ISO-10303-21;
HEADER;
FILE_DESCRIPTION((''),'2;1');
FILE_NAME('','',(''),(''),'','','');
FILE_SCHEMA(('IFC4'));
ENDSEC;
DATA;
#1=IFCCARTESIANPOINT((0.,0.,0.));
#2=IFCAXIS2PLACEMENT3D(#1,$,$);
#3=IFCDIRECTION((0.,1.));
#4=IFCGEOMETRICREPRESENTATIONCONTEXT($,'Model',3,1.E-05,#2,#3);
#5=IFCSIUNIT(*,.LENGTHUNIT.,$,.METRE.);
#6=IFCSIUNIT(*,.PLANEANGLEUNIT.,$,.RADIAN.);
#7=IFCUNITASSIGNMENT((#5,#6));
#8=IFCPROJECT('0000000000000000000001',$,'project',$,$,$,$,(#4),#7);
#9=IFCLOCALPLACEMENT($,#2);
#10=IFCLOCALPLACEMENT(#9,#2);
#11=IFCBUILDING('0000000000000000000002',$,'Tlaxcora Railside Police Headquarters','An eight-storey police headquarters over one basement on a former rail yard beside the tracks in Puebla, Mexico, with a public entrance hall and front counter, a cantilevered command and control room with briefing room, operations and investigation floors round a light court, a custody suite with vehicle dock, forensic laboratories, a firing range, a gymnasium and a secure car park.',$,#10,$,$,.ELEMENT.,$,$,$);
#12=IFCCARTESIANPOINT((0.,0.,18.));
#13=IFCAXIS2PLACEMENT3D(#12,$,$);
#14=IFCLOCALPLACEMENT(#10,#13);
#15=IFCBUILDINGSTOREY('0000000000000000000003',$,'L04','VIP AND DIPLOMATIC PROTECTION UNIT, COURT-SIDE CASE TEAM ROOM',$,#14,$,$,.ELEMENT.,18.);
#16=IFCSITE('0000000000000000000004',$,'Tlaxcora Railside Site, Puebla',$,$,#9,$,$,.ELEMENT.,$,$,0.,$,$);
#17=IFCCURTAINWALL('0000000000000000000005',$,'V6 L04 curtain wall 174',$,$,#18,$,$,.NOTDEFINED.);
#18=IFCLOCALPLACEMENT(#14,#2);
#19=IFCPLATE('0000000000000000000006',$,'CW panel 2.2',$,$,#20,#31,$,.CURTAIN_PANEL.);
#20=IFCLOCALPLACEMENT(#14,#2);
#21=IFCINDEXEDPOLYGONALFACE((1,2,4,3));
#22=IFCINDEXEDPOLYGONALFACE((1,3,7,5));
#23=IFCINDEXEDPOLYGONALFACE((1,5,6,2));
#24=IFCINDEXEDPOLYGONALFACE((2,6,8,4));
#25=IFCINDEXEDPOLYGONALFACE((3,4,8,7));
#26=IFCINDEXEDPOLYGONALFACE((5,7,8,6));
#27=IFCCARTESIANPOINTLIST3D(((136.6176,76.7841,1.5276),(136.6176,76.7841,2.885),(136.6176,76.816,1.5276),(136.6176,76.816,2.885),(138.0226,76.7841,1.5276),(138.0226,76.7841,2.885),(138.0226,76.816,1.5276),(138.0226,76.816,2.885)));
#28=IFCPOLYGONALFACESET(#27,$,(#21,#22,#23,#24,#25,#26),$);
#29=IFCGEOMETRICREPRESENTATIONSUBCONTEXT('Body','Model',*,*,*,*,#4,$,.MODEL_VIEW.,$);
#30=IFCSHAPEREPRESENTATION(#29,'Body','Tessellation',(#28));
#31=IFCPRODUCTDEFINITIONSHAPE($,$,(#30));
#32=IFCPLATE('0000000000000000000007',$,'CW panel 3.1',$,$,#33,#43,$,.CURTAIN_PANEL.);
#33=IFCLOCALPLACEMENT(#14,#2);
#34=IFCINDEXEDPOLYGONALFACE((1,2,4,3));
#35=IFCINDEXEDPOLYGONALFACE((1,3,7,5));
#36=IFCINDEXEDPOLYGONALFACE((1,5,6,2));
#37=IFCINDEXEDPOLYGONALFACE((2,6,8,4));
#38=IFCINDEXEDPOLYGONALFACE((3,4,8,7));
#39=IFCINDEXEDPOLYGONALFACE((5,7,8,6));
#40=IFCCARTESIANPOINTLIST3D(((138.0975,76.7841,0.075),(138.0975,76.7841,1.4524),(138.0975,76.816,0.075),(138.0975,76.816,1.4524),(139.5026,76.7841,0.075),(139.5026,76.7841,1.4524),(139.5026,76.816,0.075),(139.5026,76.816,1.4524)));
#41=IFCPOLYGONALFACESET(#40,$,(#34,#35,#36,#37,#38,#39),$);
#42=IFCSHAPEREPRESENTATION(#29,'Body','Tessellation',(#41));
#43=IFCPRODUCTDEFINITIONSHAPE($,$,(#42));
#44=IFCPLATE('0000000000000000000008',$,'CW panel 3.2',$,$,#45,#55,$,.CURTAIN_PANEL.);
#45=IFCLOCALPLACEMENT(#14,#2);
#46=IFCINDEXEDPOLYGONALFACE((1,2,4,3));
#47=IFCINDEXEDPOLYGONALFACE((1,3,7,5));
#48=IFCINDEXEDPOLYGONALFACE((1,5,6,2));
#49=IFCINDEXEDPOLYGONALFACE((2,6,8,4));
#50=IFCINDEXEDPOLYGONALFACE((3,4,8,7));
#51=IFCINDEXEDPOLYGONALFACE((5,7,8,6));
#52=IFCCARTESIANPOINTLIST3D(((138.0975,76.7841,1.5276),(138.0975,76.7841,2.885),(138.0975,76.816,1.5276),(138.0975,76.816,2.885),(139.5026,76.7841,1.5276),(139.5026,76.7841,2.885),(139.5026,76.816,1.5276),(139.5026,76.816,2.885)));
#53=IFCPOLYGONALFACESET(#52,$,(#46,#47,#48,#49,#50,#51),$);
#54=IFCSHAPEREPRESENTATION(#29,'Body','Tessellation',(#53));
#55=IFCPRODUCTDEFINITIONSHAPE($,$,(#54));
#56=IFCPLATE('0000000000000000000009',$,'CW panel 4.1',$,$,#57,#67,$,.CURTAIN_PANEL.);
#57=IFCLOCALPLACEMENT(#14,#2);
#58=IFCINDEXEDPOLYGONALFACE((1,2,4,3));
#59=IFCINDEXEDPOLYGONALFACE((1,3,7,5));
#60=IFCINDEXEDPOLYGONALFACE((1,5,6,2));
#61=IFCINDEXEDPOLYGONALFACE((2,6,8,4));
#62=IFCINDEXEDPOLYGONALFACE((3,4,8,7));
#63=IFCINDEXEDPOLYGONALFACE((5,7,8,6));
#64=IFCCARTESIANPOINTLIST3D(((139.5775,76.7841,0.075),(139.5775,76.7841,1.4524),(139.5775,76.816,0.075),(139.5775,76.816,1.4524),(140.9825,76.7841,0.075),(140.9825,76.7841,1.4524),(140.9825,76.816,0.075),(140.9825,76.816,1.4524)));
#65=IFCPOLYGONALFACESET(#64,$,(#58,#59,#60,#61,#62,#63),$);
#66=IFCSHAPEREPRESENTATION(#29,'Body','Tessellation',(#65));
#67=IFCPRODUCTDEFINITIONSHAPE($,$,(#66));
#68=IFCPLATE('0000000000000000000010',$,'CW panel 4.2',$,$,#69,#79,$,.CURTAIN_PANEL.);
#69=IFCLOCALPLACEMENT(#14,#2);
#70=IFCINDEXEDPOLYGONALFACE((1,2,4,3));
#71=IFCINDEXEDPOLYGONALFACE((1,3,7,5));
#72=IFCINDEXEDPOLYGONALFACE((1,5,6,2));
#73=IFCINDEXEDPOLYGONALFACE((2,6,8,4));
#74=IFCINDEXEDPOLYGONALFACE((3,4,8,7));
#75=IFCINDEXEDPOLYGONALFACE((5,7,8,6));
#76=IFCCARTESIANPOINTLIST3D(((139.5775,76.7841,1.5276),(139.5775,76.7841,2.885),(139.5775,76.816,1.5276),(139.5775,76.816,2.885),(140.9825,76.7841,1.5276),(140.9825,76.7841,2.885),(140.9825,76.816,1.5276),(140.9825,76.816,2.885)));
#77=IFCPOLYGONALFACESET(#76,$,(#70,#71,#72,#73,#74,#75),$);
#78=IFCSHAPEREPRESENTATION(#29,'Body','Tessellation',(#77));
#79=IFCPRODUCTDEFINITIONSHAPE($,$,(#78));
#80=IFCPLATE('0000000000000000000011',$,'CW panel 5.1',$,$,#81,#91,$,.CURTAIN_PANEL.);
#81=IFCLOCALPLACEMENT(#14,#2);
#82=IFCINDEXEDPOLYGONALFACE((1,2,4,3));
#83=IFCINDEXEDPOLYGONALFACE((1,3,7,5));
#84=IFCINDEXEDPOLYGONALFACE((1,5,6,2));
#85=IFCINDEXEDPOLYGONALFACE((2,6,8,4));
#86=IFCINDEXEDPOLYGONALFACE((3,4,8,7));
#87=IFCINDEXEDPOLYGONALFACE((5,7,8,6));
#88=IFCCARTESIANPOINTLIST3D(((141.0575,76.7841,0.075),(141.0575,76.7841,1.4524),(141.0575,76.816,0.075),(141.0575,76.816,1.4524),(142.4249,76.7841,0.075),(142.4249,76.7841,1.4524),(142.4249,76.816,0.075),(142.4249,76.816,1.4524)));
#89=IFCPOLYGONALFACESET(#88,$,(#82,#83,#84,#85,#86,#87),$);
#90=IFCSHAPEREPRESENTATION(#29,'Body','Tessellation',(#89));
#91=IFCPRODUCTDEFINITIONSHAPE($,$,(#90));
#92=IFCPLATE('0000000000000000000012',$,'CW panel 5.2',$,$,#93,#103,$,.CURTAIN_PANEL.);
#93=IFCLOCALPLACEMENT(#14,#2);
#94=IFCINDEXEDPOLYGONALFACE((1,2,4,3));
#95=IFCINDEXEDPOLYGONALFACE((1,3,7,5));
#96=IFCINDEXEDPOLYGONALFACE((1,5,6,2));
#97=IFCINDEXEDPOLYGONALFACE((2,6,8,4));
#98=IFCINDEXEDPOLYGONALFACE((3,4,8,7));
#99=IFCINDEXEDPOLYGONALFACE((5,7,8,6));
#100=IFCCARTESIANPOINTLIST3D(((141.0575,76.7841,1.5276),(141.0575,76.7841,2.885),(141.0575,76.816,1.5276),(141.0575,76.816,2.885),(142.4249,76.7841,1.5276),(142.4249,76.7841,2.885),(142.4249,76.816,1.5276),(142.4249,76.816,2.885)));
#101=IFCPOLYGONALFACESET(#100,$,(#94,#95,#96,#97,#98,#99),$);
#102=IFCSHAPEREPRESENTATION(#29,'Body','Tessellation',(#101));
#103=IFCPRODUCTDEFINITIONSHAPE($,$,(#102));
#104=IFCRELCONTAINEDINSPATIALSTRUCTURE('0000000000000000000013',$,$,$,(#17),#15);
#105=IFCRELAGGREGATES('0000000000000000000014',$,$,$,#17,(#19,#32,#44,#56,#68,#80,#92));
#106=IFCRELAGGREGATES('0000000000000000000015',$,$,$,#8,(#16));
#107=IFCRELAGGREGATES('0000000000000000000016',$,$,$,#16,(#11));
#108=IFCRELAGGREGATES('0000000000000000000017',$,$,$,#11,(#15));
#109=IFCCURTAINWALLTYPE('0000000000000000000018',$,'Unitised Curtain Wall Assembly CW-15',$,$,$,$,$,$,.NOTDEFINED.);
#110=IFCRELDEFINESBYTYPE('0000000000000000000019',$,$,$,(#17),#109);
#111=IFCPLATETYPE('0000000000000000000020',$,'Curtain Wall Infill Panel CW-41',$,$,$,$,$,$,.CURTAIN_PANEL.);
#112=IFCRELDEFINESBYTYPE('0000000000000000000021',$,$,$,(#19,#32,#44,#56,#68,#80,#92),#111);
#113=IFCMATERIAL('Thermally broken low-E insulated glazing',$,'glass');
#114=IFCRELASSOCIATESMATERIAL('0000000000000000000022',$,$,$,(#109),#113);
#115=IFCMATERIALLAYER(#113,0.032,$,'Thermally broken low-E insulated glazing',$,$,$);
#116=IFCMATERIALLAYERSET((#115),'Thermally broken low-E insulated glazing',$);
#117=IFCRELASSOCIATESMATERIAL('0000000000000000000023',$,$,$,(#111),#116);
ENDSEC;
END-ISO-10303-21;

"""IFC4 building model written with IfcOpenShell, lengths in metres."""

from ifc_helpers import new_model, si_unit, direction, frame, origin, origin_2d, place, context, subcontext, project, spatial, rectangle, extrude, material, layer, layer_set, type_object, element, aggregate, save


model = new_model("IFC4")

# Units and contexts
model_context = context("Model", 3, precision=1e-05, world=origin(), true_north=direction((0.0, 1.0)))
body_context = subcontext(model_context, "Body", "Model", "MODEL_VIEW")
ifc_project = project(units=[si_unit("LENGTHUNIT", "METRE"), si_unit("PLANEANGLEUNIT", "RADIAN")], contexts=[model_context])

# Site, building, storey
site_placement = place(None, origin())
site = spatial("IfcSite", under=ifc_project, at=site_placement, Name="Tlaxcora Railside Site, Puebla", CompositionType="ELEMENT", RefElevation=0.0)
building_placement = place(site_placement, origin())
building = spatial("IfcBuilding", under=site, at=building_placement, Name="Tlaxcora Railside Police Headquarters", Description="An eight-storey police headquarters over one basement on a former rail yard beside the tracks in Puebla, Mexico, with a public entrance hall and front counter, a cantilevered command and control room with briefing room, operations and investigation floors round a light court, a custody suite with vehicle dock, forensic laboratories, a firing range, a gymnasium and a secure car park.", CompositionType="ELEMENT")
storey_placement = place(building_placement, frame((0.0, 0.0, 18.0)))
storey = spatial("IfcBuildingStorey", under=building, at=storey_placement, Name="L04", Description="VIP AND DIPLOMATIC PROTECTION UNIT, COURT-SIDE CASE TEAM ROOM", CompositionType="ELEMENT", Elevation=18.0)

# Curtain wall
ifc_material_1 = material(Name="Thermally broken low-E insulated glazing", Category="glass")
curtain_wall_type = type_object("IfcCurtainWallType", Name="Unitised Curtain Wall Assembly CW-15", PredefinedType="NOTDEFINED", material=ifc_material_1)
curtain_wall_placement = place(storey_placement, origin())
curtain_wall = element("IfcCurtainWall", 1, at=curtain_wall_placement, inside=storey, type_object=curtain_wall_type, Name="V6 L04 curtain wall 174", PredefinedType="NOTDEFINED")

# Plates
ifc_layer = layer(ifc_material_1, 0.032, Name="Thermally broken low-E insulated glazing")
ifc_layer_set = layer_set([ifc_layer], Name="Thermally broken low-E insulated glazing")
plate_type = type_object("IfcPlateType", Name="Curtain Wall Infill Panel CW-41", PredefinedType="CURTAIN_PANEL", material=ifc_layer_set)
plate_1_placement = place(storey_placement, frame((137.3201, 76.8, 1.5276), z_axis=(0.0, 0.0, 1.0), x_axis=(1.0, 0.0, 0.0)))
plate_1 = element("IfcPlate", 2, at=plate_1_placement, type_object=plate_type, Name="CW panel 2.2", PredefinedType="CURTAIN_PANEL", context=body_context, shape_type="SweptSolid", body=[
    extrude(rectangle(XDim=1.405, YDim=0.032, at=origin_2d()), origin(), (0.0, 0.0, 1.0), 1.3574),
])
plate_2_placement = place(storey_placement, frame((138.8, 76.8, 0.075), z_axis=(0.0, 0.0, 1.0), x_axis=(1.0, 0.0, 0.0)))
plate_2 = element("IfcPlate", 3, at=plate_2_placement, type_object=plate_type, Name="CW panel 3.1", PredefinedType="CURTAIN_PANEL", context=body_context, shape_type="SweptSolid", body=[
    extrude(rectangle(XDim=1.405, YDim=0.032, at=origin_2d()), origin(), (0.0, 0.0, 1.0), 1.3774),
])
plate_3_placement = place(storey_placement, frame((138.8, 76.8, 1.5276), z_axis=(0.0, 0.0, 1.0), x_axis=(1.0, 0.0, 0.0)))
plate_3 = element("IfcPlate", 4, at=plate_3_placement, type_object=plate_type, Name="CW panel 3.2", PredefinedType="CURTAIN_PANEL", context=body_context, shape_type="SweptSolid", body=[
    extrude(rectangle(XDim=1.405, YDim=0.032, at=origin_2d()), origin(), (0.0, 0.0, 1.0), 1.3574),
])
plate_4_placement = place(storey_placement, frame((140.28, 76.8, 0.075), z_axis=(0.0, 0.0, 1.0), x_axis=(1.0, 0.0, 0.0)))
plate_4 = element("IfcPlate", 5, at=plate_4_placement, type_object=plate_type, Name="CW panel 4.1", PredefinedType="CURTAIN_PANEL", context=body_context, shape_type="SweptSolid", body=[
    extrude(rectangle(XDim=1.405, YDim=0.032, at=origin_2d()), origin(), (0.0, 0.0, 1.0), 1.3774),
])
plate_5_placement = place(storey_placement, frame((140.28, 76.8, 1.5276), z_axis=(0.0, 0.0, 1.0), x_axis=(1.0, 0.0, 0.0)))
plate_5 = element("IfcPlate", 6, at=plate_5_placement, type_object=plate_type, Name="CW panel 4.2", PredefinedType="CURTAIN_PANEL", context=body_context, shape_type="SweptSolid", body=[
    extrude(rectangle(XDim=1.405, YDim=0.032, at=origin_2d()), origin(), (0.0, 0.0, 1.0), 1.3574),
])
plate_6_placement = place(storey_placement, frame((141.7412, 76.8, 0.075), z_axis=(0.0, 0.0, 1.0), x_axis=(1.0, 0.0, 0.0)))
plate_6 = element("IfcPlate", 7, at=plate_6_placement, type_object=plate_type, Name="CW panel 5.1", PredefinedType="CURTAIN_PANEL", context=body_context, shape_type="SweptSolid", body=[
    extrude(rectangle(XDim=1.3674, YDim=0.032, at=origin_2d()), origin(), (0.0, 0.0, 1.0), 1.3774),
])
plate_7_placement = place(storey_placement, frame((141.7412, 76.8, 1.5276), z_axis=(0.0, 0.0, 1.0), x_axis=(1.0, 0.0, 0.0)))
plate_7 = element("IfcPlate", 8, at=plate_7_placement, type_object=plate_type, Name="CW panel 5.2", PredefinedType="CURTAIN_PANEL", context=body_context, shape_type="SweptSolid", body=[
    extrude(rectangle(XDim=1.3674, YDim=0.032, at=origin_2d()), origin(), (0.0, 0.0, 1.0), 1.3574),
])
aggregate(curtain_wall, [plate_1, plate_2, plate_3, plate_4, plate_5, plate_6, plate_7])

save(model, "model.ifc")
